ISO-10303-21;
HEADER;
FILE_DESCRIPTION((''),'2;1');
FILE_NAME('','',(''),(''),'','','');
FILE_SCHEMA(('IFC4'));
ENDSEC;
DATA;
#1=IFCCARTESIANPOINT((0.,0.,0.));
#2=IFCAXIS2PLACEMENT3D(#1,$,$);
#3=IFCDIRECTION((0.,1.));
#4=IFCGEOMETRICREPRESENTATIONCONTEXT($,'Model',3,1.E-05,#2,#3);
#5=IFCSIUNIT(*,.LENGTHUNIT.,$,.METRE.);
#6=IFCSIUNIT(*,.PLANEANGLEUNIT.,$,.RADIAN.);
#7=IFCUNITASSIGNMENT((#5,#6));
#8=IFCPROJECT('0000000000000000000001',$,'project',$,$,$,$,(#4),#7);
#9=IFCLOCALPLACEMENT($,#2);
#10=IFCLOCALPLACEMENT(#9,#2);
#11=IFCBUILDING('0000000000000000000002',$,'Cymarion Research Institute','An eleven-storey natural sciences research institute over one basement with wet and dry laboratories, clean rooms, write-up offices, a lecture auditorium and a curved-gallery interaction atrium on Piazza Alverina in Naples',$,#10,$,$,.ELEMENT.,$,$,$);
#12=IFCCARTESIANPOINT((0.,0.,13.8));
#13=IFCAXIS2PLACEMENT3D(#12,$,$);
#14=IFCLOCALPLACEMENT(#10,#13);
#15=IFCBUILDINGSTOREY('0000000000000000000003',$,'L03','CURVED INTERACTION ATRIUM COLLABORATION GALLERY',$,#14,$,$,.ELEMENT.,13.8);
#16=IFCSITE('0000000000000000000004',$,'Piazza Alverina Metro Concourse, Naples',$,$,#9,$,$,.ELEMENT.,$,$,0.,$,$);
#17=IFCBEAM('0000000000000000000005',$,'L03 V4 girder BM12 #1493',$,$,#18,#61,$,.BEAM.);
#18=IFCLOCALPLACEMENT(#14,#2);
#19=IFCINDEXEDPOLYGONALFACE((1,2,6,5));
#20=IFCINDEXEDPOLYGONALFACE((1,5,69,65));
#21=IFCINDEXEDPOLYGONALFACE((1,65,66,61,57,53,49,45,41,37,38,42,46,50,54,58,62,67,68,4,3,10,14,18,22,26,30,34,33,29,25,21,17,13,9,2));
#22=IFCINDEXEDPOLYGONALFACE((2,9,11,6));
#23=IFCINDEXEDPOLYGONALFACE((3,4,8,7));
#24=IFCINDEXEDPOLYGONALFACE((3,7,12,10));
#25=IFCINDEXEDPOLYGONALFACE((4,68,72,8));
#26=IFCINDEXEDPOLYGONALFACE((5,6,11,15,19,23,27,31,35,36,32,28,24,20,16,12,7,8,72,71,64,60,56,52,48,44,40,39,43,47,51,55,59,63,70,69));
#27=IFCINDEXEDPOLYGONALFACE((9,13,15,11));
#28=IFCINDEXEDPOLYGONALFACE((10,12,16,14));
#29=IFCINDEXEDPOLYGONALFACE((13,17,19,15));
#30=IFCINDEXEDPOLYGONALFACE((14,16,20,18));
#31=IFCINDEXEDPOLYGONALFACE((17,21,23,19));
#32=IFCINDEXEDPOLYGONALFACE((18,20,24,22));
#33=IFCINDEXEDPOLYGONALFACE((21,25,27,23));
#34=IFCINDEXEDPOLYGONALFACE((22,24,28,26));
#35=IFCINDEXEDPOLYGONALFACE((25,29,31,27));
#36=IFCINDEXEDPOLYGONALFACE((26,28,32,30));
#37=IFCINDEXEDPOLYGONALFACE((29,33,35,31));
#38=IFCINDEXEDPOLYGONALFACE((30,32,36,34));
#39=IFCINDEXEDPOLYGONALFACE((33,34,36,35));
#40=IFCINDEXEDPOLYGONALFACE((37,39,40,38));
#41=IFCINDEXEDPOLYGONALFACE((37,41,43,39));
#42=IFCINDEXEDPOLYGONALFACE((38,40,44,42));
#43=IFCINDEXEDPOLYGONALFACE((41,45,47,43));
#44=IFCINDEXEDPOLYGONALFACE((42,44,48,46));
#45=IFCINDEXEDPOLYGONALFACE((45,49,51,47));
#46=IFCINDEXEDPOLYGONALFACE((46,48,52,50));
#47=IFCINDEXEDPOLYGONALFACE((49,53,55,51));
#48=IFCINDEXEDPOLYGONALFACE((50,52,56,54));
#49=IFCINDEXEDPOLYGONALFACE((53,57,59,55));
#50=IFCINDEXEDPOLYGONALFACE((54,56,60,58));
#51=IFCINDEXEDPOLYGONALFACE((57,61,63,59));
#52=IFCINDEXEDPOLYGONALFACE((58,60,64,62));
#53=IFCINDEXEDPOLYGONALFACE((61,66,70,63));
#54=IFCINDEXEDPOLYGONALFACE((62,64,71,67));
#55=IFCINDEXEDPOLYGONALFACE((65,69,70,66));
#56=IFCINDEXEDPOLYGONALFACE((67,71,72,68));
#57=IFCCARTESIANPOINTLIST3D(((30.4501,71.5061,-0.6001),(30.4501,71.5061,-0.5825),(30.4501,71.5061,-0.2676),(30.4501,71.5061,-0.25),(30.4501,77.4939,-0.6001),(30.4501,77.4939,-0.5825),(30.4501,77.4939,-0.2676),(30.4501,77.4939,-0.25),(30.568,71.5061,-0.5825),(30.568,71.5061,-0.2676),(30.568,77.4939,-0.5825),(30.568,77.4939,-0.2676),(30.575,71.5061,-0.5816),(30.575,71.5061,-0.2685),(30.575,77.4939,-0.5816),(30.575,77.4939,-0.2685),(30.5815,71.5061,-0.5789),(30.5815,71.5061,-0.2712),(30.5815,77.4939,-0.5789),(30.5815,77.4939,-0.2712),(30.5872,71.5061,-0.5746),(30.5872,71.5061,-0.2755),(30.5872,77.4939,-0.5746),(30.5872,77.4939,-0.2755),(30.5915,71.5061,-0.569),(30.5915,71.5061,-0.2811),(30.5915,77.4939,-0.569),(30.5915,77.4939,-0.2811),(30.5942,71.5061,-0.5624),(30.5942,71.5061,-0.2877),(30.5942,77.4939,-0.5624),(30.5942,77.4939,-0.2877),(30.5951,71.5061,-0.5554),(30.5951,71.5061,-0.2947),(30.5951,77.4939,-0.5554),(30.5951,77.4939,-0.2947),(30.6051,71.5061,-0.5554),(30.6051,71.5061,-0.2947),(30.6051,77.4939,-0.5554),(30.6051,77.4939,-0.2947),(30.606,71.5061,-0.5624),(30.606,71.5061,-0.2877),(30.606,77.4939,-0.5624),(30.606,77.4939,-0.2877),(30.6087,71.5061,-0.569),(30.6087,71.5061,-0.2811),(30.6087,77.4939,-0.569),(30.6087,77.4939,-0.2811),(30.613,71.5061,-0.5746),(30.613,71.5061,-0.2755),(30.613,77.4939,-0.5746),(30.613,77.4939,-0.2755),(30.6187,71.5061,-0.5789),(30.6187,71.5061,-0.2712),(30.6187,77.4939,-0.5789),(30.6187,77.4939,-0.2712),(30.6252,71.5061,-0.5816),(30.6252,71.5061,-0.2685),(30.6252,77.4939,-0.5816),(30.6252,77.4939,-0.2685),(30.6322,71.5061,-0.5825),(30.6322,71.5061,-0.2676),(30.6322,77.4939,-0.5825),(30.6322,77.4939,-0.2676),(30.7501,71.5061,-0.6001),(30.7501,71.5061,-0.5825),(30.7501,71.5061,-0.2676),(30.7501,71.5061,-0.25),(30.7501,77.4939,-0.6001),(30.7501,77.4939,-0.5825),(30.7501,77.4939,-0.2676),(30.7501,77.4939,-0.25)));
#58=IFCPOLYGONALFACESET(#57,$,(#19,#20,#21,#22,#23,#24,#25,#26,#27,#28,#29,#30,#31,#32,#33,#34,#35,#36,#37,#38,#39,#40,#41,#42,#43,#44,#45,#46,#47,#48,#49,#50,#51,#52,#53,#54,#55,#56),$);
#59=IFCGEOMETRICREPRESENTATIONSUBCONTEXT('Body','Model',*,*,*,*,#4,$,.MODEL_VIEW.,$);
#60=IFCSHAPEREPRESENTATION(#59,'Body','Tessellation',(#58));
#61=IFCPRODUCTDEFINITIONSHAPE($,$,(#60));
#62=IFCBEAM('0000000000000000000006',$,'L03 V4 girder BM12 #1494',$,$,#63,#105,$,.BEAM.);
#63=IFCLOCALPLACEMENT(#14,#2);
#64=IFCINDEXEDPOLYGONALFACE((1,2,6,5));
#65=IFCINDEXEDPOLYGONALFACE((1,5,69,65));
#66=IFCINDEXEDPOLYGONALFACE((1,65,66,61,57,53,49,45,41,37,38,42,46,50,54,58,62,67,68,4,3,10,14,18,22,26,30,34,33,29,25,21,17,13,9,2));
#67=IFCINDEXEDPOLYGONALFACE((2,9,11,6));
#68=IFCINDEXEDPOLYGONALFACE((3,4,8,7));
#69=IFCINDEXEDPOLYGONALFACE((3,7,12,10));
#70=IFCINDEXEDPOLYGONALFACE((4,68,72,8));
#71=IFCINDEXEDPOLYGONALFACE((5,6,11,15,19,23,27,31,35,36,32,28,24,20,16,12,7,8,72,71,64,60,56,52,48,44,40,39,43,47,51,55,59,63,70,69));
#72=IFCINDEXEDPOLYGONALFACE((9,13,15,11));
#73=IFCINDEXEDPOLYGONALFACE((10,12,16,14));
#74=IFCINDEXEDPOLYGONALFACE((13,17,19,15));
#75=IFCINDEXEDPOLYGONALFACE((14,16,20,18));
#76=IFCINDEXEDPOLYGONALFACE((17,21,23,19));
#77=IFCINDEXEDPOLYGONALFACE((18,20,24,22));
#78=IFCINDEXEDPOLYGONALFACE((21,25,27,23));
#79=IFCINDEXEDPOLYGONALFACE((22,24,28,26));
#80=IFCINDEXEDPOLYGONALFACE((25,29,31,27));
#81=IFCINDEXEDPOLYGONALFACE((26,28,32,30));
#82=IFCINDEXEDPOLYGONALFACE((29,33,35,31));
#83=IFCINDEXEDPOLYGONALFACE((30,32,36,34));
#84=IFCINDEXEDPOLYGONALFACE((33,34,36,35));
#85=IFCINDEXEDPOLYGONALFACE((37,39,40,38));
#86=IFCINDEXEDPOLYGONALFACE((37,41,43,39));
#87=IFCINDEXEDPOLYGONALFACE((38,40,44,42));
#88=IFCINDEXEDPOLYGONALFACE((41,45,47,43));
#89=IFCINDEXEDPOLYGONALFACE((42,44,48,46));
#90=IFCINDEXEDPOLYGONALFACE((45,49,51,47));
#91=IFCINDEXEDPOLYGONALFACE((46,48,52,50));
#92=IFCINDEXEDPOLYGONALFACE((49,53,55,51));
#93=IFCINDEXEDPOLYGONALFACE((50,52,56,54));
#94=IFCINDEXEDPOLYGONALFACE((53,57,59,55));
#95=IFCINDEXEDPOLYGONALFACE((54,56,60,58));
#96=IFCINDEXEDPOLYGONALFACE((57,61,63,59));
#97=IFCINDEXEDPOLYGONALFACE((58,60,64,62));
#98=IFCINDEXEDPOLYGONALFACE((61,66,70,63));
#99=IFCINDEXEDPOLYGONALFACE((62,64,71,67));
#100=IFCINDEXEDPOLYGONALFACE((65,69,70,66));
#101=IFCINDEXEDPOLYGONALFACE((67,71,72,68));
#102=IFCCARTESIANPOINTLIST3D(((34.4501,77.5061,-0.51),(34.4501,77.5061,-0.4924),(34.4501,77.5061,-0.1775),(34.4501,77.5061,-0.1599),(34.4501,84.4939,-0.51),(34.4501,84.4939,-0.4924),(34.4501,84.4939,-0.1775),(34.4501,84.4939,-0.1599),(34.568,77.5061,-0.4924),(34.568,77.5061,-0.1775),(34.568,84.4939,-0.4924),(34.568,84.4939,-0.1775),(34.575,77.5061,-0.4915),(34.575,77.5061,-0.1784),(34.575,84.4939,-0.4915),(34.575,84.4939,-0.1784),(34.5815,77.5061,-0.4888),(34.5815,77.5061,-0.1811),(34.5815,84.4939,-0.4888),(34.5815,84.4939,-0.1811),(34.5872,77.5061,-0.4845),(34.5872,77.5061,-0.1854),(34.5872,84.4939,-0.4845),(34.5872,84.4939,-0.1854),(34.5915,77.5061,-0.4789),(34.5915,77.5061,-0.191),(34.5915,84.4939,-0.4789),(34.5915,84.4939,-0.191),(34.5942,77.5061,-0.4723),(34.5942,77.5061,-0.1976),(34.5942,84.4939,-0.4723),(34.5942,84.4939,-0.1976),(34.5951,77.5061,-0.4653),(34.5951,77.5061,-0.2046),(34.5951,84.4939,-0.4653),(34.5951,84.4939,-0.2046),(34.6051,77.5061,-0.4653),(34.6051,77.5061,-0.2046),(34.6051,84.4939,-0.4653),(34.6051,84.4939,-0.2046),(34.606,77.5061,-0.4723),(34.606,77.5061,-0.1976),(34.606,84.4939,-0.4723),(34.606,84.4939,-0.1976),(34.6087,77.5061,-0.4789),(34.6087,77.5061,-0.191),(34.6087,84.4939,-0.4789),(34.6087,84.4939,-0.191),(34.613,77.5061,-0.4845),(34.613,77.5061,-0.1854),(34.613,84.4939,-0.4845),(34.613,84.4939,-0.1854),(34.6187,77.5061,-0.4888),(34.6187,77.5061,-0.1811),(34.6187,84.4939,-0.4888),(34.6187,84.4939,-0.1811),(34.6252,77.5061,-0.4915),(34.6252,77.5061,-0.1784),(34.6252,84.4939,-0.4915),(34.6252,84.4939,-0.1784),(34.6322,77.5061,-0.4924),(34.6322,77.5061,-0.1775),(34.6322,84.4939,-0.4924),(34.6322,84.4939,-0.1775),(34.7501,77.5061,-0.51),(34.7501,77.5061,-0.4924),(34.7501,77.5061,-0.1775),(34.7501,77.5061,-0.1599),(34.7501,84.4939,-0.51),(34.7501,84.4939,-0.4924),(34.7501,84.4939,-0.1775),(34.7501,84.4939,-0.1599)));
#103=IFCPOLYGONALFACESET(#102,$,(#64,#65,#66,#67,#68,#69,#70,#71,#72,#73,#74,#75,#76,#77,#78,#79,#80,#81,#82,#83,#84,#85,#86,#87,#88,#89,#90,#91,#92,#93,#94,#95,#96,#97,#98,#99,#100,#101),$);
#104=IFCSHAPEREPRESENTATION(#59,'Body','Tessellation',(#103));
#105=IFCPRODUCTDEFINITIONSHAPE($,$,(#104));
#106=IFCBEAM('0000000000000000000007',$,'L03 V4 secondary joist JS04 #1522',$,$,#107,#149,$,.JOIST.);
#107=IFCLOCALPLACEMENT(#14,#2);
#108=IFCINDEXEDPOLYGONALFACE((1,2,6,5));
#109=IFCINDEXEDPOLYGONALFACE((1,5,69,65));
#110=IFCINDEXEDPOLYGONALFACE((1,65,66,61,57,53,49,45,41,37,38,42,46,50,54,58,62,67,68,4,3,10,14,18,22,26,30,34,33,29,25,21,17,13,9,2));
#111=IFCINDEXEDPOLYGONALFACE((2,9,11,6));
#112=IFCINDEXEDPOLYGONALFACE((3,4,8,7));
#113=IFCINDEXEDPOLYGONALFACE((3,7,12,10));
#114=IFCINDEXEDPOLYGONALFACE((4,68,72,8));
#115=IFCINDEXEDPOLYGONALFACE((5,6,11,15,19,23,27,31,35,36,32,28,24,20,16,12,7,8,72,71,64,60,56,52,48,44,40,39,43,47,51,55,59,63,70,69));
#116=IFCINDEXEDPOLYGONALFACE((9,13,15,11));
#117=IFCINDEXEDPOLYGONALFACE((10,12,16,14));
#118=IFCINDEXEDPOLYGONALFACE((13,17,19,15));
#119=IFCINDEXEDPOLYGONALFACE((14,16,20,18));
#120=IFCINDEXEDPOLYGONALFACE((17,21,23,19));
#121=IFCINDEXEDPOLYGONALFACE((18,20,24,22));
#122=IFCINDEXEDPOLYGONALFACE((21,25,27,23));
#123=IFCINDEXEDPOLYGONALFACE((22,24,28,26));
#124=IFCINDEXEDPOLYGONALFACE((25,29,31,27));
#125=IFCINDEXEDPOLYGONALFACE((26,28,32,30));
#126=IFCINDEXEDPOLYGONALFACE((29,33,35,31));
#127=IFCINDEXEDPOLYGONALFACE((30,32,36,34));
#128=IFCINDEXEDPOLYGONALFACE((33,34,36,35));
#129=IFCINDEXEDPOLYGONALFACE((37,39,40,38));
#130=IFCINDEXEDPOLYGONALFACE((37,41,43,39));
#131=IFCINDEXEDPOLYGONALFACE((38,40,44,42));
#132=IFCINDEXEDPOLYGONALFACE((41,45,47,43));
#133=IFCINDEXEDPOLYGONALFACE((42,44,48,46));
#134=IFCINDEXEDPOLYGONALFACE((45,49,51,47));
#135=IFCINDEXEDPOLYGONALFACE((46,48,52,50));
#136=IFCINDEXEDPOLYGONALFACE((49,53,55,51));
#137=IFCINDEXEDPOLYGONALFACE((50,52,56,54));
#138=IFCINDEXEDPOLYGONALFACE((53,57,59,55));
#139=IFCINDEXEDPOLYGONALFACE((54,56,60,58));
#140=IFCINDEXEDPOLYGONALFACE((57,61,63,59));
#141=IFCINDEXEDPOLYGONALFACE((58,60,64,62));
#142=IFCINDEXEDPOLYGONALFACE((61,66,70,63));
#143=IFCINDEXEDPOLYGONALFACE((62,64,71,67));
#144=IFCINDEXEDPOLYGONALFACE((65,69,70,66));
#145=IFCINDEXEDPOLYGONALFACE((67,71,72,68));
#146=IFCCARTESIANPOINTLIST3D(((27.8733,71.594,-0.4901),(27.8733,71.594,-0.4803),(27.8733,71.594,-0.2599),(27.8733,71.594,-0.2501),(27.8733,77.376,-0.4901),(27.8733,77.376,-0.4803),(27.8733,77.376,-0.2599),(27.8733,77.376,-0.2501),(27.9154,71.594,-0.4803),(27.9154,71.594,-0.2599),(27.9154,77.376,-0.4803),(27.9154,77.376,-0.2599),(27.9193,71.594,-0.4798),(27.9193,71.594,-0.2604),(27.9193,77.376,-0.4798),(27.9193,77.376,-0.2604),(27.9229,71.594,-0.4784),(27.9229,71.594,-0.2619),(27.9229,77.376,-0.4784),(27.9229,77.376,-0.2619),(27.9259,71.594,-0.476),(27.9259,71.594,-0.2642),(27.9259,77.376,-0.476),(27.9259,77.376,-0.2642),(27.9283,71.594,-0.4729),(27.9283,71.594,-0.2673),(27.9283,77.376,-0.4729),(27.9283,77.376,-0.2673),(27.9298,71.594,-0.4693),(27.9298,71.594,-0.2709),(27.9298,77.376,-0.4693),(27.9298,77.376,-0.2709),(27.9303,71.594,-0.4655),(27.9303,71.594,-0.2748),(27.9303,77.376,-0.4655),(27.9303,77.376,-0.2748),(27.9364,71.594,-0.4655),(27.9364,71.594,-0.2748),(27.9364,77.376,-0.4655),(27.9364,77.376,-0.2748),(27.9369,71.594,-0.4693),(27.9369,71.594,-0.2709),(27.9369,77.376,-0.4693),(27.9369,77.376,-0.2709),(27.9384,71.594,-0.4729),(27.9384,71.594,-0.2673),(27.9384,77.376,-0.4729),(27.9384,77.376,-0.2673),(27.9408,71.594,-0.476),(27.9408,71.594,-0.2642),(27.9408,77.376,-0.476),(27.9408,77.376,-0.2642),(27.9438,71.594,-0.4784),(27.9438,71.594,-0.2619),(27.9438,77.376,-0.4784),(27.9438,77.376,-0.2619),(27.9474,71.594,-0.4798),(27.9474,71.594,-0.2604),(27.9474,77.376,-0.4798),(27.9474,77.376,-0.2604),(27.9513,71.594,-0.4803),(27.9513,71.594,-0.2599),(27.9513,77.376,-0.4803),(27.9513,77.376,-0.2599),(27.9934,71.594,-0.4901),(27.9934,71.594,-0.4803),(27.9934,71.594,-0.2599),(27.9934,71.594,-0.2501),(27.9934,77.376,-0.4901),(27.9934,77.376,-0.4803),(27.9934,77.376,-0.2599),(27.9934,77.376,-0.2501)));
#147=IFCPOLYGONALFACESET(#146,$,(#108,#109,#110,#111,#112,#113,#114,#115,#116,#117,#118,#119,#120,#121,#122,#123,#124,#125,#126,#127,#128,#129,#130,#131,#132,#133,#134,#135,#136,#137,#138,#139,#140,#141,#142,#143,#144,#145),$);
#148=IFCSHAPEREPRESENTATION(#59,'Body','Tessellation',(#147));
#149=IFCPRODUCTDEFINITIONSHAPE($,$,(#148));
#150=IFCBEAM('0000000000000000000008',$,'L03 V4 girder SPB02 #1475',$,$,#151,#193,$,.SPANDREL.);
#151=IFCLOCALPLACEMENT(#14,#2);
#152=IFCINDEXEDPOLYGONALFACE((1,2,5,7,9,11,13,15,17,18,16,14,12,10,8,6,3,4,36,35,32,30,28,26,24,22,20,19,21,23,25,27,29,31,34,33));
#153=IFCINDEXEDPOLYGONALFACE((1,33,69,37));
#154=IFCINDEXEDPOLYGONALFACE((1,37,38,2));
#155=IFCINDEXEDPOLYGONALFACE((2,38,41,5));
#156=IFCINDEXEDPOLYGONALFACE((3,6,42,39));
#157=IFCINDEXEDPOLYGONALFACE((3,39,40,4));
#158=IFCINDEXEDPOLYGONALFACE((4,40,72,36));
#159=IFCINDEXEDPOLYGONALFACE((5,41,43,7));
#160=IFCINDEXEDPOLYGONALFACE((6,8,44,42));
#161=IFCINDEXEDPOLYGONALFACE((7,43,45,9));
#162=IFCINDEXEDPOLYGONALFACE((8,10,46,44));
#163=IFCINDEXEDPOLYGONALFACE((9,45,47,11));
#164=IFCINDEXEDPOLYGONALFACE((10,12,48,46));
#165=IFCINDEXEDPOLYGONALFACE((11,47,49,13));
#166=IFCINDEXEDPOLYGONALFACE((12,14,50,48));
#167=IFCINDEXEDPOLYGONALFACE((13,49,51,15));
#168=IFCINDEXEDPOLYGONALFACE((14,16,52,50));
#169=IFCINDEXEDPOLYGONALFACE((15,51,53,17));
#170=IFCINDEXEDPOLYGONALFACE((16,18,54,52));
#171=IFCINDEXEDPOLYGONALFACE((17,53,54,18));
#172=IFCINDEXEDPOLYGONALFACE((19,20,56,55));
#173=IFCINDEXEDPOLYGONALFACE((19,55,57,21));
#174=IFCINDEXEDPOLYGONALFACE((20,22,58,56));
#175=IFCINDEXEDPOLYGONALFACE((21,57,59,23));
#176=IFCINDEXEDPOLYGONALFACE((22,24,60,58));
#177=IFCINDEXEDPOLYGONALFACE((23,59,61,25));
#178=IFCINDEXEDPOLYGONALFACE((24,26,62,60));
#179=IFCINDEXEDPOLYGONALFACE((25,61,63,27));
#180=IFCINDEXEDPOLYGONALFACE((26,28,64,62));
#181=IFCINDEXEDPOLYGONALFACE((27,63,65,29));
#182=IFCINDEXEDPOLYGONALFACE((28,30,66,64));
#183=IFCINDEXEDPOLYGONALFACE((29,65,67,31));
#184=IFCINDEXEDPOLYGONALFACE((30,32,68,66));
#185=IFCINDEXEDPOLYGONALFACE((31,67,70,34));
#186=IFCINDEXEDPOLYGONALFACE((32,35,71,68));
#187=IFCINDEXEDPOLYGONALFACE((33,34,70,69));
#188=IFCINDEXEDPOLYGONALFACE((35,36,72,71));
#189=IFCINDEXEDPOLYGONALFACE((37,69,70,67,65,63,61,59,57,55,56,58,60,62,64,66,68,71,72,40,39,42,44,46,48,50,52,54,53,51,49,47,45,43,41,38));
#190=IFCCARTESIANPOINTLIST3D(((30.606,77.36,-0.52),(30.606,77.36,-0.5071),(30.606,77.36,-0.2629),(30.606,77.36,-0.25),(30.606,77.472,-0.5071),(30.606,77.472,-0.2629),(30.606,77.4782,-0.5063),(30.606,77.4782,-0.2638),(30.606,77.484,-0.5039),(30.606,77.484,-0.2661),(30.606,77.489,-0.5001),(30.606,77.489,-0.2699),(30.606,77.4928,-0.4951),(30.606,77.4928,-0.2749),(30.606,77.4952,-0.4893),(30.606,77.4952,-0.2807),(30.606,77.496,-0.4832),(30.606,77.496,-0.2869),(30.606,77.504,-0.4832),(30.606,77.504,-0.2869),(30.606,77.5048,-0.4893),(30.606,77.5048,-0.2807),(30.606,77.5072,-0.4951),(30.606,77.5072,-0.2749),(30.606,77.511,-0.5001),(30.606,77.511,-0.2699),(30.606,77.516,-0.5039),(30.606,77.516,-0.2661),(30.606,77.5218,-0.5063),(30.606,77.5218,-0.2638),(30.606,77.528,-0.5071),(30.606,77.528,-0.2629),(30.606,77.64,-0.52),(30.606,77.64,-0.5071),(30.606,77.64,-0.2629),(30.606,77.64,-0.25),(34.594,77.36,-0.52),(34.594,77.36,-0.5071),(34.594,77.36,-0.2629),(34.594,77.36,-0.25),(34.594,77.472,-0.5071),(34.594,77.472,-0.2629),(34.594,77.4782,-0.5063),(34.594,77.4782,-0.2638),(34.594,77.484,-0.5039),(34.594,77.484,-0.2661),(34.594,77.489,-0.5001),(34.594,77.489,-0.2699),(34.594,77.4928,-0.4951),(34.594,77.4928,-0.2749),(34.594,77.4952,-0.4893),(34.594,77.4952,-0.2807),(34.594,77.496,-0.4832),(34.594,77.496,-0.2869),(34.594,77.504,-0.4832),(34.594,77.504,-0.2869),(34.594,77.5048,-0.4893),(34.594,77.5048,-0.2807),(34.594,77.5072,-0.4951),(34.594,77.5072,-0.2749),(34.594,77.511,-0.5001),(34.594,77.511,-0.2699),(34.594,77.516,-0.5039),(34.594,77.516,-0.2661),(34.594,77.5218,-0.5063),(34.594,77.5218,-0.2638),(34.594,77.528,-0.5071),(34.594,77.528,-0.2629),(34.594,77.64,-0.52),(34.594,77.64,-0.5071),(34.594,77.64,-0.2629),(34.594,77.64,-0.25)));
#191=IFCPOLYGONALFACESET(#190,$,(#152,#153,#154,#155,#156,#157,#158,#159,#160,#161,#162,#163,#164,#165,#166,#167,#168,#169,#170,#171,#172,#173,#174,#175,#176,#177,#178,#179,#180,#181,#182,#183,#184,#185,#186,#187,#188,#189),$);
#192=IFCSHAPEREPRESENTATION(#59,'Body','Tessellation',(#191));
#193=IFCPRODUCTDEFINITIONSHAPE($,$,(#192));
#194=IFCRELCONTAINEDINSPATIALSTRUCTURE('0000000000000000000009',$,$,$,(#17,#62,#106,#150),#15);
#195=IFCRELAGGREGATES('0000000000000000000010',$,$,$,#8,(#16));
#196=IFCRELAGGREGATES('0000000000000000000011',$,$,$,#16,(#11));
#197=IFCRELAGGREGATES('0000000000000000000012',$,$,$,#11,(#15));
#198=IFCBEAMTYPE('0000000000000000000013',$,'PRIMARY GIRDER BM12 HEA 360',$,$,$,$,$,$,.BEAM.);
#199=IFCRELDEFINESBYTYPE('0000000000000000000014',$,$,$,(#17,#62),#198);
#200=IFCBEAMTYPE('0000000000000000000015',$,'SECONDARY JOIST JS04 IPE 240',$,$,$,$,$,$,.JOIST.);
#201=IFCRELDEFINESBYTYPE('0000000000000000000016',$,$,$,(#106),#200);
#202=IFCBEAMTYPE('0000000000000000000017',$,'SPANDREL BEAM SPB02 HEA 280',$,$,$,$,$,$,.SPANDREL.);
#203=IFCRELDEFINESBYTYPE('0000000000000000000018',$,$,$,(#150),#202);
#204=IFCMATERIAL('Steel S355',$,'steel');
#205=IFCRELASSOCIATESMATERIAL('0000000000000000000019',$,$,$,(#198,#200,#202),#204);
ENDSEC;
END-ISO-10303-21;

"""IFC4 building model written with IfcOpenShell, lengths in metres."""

from ifc_helpers import new_model, si_unit, direction, frame, origin, origin_2d, place, context, subcontext, project, spatial, i_section, extrude, material, material_profile, profile_set, type_object, element, save


model = new_model("IFC4")

# Units and contexts
model_context = context("Model", 3, precision=1e-05, world=origin(), true_north=direction((0.0, 1.0)))
body_context = subcontext(model_context, "Body", "Model", "MODEL_VIEW")
ifc_project = project(units=[si_unit("LENGTHUNIT", "METRE"), si_unit("PLANEANGLEUNIT", "RADIAN")], contexts=[model_context])

# Site, building, storey
site_placement = place(None, origin())
site = spatial("IfcSite", under=ifc_project, at=site_placement, Name="Piazza Alverina Metro Concourse, Naples", CompositionType="ELEMENT", RefElevation=0.0)
building_placement = place(site_placement, origin())
building = spatial("IfcBuilding", under=site, at=building_placement, Name="Cymarion Research Institute", Description="An eleven-storey natural sciences research institute over one basement with wet and dry laboratories, clean rooms, write-up offices, a lecture auditorium and a curved-gallery interaction atrium on Piazza Alverina in Naples", CompositionType="ELEMENT")
storey_placement = place(building_placement, frame((0.0, 0.0, 13.8)))
storey = spatial("IfcBuildingStorey", under=building, at=storey_placement, Name="L03", Description="CURVED INTERACTION ATRIUM COLLABORATION GALLERY", CompositionType="ELEMENT", Elevation=13.8)

# Shared definitions
ifc_material_1 = material(Name="Steel S355", Category="steel")

# Beams
ifc_material_profile_1 = material_profile(ifc_material_1, i_section(OverallWidth=0.3, OverallDepth=0.3501, WebThickness=0.01, FlangeThickness=0.0176, FilletRadius=0.0271, at=origin_2d()), Name="HEA 360")
ifc_profile_set_1 = profile_set([ifc_material_profile_1], Name="Steel S355")
beam_type_1 = type_object("IfcBeamType", Name="PRIMARY GIRDER BM12 HEA 360", PredefinedType="BEAM", material=ifc_profile_set_1)
beam_1_placement = place(storey_placement, frame((30.6001, 71.5061, -0.425), z_axis=(0.0, 1.0, 0.0), x_axis=(-1.0, 0.0, 0.0)))
element("IfcBeam", 1, at=beam_1_placement, inside=storey, type_object=beam_type_1, Name="L03 V4 girder BM12 #1493", PredefinedType="BEAM", context=body_context, shape_type="SweptSolid", body=[
    extrude(i_section(OverallWidth=0.3, OverallDepth=0.3501, WebThickness=0.01, FlangeThickness=0.0176, FilletRadius=0.0271, at=origin_2d()), origin(), (0.0, 0.0, 1.0), 5.9878),
])
beam_2_placement = place(storey_placement, frame((34.6001, 77.5061, -0.335), z_axis=(0.0, 1.0, 0.0), x_axis=(-1.0, 0.0, 0.0)))
element("IfcBeam", 2, at=beam_2_placement, inside=storey, type_object=beam_type_1, Name="L03 V4 girder BM12 #1494", PredefinedType="BEAM", context=body_context, shape_type="SweptSolid", body=[
    extrude(i_section(OverallWidth=0.3, OverallDepth=0.3501, WebThickness=0.01, FlangeThickness=0.0176, FilletRadius=0.0271, at=origin_2d()), origin(), (0.0, 0.0, 1.0), 6.9878),
])
ifc_material_profile_2 = material_profile(ifc_material_1, i_section(OverallWidth=0.1201, OverallDepth=0.24, WebThickness=0.0061, FlangeThickness=0.0098, FilletRadius=0.0149, at=origin_2d()), Name="IPE 240")
ifc_profile_set_2 = profile_set([ifc_material_profile_2], Name="Steel S355")
beam_type_2 = type_object("IfcBeamType", Name="SECONDARY JOIST JS04 IPE 240", PredefinedType="JOIST", material=ifc_profile_set_2)
beam_3_placement = place(storey_placement, frame((27.9333, 71.594, -0.3701), z_axis=(0.0, 1.0, 0.0), x_axis=(-1.0, 0.0, 0.0)))
element("IfcBeam", 3, at=beam_3_placement, inside=storey, type_object=beam_type_2, Name="L03 V4 secondary joist JS04 #1522", PredefinedType="JOIST", context=body_context, shape_type="SweptSolid", body=[
    extrude(i_section(OverallWidth=0.1201, OverallDepth=0.24, WebThickness=0.0061, FlangeThickness=0.0098, FilletRadius=0.0149, at=origin_2d()), origin(), (0.0, 0.0, 1.0), 5.782),
])
ifc_material_profile_3 = material_profile(ifc_material_1, i_section(OverallWidth=0.28, OverallDepth=0.27, WebThickness=0.0081, FlangeThickness=0.0129, FilletRadius=0.0239, at=origin_2d()), Name="HEA 280")
ifc_profile_set_3 = profile_set([ifc_material_profile_3], Name="Steel S355")
beam_type_3 = type_object("IfcBeamType", Name="SPANDREL BEAM SPB02 HEA 280", PredefinedType="SPANDREL", material=ifc_profile_set_3)
for number, where, z_axis, x_axis, name in (
    (4, (30.606, 77.5, -0.385), (1.0, 0.0, 0.0), (0.0, 1.0, 0.0), "L03 V4 girder SPB02 #1475"),
):
    element("IfcBeam", number, at=place(storey_placement, frame(where, z_axis=z_axis, x_axis=x_axis)), inside=storey, type_object=beam_type_3, Name=name, PredefinedType="SPANDREL", context=body_context, shape_type="SweptSolid", body=[
        extrude(i_section(OverallWidth=0.28, OverallDepth=0.27, WebThickness=0.0081, FlangeThickness=0.0129, FilletRadius=0.0239, at=origin_2d()), origin(), (0.0, 0.0, 1.0), 3.988),
    ])

save(model, "model.ifc")
